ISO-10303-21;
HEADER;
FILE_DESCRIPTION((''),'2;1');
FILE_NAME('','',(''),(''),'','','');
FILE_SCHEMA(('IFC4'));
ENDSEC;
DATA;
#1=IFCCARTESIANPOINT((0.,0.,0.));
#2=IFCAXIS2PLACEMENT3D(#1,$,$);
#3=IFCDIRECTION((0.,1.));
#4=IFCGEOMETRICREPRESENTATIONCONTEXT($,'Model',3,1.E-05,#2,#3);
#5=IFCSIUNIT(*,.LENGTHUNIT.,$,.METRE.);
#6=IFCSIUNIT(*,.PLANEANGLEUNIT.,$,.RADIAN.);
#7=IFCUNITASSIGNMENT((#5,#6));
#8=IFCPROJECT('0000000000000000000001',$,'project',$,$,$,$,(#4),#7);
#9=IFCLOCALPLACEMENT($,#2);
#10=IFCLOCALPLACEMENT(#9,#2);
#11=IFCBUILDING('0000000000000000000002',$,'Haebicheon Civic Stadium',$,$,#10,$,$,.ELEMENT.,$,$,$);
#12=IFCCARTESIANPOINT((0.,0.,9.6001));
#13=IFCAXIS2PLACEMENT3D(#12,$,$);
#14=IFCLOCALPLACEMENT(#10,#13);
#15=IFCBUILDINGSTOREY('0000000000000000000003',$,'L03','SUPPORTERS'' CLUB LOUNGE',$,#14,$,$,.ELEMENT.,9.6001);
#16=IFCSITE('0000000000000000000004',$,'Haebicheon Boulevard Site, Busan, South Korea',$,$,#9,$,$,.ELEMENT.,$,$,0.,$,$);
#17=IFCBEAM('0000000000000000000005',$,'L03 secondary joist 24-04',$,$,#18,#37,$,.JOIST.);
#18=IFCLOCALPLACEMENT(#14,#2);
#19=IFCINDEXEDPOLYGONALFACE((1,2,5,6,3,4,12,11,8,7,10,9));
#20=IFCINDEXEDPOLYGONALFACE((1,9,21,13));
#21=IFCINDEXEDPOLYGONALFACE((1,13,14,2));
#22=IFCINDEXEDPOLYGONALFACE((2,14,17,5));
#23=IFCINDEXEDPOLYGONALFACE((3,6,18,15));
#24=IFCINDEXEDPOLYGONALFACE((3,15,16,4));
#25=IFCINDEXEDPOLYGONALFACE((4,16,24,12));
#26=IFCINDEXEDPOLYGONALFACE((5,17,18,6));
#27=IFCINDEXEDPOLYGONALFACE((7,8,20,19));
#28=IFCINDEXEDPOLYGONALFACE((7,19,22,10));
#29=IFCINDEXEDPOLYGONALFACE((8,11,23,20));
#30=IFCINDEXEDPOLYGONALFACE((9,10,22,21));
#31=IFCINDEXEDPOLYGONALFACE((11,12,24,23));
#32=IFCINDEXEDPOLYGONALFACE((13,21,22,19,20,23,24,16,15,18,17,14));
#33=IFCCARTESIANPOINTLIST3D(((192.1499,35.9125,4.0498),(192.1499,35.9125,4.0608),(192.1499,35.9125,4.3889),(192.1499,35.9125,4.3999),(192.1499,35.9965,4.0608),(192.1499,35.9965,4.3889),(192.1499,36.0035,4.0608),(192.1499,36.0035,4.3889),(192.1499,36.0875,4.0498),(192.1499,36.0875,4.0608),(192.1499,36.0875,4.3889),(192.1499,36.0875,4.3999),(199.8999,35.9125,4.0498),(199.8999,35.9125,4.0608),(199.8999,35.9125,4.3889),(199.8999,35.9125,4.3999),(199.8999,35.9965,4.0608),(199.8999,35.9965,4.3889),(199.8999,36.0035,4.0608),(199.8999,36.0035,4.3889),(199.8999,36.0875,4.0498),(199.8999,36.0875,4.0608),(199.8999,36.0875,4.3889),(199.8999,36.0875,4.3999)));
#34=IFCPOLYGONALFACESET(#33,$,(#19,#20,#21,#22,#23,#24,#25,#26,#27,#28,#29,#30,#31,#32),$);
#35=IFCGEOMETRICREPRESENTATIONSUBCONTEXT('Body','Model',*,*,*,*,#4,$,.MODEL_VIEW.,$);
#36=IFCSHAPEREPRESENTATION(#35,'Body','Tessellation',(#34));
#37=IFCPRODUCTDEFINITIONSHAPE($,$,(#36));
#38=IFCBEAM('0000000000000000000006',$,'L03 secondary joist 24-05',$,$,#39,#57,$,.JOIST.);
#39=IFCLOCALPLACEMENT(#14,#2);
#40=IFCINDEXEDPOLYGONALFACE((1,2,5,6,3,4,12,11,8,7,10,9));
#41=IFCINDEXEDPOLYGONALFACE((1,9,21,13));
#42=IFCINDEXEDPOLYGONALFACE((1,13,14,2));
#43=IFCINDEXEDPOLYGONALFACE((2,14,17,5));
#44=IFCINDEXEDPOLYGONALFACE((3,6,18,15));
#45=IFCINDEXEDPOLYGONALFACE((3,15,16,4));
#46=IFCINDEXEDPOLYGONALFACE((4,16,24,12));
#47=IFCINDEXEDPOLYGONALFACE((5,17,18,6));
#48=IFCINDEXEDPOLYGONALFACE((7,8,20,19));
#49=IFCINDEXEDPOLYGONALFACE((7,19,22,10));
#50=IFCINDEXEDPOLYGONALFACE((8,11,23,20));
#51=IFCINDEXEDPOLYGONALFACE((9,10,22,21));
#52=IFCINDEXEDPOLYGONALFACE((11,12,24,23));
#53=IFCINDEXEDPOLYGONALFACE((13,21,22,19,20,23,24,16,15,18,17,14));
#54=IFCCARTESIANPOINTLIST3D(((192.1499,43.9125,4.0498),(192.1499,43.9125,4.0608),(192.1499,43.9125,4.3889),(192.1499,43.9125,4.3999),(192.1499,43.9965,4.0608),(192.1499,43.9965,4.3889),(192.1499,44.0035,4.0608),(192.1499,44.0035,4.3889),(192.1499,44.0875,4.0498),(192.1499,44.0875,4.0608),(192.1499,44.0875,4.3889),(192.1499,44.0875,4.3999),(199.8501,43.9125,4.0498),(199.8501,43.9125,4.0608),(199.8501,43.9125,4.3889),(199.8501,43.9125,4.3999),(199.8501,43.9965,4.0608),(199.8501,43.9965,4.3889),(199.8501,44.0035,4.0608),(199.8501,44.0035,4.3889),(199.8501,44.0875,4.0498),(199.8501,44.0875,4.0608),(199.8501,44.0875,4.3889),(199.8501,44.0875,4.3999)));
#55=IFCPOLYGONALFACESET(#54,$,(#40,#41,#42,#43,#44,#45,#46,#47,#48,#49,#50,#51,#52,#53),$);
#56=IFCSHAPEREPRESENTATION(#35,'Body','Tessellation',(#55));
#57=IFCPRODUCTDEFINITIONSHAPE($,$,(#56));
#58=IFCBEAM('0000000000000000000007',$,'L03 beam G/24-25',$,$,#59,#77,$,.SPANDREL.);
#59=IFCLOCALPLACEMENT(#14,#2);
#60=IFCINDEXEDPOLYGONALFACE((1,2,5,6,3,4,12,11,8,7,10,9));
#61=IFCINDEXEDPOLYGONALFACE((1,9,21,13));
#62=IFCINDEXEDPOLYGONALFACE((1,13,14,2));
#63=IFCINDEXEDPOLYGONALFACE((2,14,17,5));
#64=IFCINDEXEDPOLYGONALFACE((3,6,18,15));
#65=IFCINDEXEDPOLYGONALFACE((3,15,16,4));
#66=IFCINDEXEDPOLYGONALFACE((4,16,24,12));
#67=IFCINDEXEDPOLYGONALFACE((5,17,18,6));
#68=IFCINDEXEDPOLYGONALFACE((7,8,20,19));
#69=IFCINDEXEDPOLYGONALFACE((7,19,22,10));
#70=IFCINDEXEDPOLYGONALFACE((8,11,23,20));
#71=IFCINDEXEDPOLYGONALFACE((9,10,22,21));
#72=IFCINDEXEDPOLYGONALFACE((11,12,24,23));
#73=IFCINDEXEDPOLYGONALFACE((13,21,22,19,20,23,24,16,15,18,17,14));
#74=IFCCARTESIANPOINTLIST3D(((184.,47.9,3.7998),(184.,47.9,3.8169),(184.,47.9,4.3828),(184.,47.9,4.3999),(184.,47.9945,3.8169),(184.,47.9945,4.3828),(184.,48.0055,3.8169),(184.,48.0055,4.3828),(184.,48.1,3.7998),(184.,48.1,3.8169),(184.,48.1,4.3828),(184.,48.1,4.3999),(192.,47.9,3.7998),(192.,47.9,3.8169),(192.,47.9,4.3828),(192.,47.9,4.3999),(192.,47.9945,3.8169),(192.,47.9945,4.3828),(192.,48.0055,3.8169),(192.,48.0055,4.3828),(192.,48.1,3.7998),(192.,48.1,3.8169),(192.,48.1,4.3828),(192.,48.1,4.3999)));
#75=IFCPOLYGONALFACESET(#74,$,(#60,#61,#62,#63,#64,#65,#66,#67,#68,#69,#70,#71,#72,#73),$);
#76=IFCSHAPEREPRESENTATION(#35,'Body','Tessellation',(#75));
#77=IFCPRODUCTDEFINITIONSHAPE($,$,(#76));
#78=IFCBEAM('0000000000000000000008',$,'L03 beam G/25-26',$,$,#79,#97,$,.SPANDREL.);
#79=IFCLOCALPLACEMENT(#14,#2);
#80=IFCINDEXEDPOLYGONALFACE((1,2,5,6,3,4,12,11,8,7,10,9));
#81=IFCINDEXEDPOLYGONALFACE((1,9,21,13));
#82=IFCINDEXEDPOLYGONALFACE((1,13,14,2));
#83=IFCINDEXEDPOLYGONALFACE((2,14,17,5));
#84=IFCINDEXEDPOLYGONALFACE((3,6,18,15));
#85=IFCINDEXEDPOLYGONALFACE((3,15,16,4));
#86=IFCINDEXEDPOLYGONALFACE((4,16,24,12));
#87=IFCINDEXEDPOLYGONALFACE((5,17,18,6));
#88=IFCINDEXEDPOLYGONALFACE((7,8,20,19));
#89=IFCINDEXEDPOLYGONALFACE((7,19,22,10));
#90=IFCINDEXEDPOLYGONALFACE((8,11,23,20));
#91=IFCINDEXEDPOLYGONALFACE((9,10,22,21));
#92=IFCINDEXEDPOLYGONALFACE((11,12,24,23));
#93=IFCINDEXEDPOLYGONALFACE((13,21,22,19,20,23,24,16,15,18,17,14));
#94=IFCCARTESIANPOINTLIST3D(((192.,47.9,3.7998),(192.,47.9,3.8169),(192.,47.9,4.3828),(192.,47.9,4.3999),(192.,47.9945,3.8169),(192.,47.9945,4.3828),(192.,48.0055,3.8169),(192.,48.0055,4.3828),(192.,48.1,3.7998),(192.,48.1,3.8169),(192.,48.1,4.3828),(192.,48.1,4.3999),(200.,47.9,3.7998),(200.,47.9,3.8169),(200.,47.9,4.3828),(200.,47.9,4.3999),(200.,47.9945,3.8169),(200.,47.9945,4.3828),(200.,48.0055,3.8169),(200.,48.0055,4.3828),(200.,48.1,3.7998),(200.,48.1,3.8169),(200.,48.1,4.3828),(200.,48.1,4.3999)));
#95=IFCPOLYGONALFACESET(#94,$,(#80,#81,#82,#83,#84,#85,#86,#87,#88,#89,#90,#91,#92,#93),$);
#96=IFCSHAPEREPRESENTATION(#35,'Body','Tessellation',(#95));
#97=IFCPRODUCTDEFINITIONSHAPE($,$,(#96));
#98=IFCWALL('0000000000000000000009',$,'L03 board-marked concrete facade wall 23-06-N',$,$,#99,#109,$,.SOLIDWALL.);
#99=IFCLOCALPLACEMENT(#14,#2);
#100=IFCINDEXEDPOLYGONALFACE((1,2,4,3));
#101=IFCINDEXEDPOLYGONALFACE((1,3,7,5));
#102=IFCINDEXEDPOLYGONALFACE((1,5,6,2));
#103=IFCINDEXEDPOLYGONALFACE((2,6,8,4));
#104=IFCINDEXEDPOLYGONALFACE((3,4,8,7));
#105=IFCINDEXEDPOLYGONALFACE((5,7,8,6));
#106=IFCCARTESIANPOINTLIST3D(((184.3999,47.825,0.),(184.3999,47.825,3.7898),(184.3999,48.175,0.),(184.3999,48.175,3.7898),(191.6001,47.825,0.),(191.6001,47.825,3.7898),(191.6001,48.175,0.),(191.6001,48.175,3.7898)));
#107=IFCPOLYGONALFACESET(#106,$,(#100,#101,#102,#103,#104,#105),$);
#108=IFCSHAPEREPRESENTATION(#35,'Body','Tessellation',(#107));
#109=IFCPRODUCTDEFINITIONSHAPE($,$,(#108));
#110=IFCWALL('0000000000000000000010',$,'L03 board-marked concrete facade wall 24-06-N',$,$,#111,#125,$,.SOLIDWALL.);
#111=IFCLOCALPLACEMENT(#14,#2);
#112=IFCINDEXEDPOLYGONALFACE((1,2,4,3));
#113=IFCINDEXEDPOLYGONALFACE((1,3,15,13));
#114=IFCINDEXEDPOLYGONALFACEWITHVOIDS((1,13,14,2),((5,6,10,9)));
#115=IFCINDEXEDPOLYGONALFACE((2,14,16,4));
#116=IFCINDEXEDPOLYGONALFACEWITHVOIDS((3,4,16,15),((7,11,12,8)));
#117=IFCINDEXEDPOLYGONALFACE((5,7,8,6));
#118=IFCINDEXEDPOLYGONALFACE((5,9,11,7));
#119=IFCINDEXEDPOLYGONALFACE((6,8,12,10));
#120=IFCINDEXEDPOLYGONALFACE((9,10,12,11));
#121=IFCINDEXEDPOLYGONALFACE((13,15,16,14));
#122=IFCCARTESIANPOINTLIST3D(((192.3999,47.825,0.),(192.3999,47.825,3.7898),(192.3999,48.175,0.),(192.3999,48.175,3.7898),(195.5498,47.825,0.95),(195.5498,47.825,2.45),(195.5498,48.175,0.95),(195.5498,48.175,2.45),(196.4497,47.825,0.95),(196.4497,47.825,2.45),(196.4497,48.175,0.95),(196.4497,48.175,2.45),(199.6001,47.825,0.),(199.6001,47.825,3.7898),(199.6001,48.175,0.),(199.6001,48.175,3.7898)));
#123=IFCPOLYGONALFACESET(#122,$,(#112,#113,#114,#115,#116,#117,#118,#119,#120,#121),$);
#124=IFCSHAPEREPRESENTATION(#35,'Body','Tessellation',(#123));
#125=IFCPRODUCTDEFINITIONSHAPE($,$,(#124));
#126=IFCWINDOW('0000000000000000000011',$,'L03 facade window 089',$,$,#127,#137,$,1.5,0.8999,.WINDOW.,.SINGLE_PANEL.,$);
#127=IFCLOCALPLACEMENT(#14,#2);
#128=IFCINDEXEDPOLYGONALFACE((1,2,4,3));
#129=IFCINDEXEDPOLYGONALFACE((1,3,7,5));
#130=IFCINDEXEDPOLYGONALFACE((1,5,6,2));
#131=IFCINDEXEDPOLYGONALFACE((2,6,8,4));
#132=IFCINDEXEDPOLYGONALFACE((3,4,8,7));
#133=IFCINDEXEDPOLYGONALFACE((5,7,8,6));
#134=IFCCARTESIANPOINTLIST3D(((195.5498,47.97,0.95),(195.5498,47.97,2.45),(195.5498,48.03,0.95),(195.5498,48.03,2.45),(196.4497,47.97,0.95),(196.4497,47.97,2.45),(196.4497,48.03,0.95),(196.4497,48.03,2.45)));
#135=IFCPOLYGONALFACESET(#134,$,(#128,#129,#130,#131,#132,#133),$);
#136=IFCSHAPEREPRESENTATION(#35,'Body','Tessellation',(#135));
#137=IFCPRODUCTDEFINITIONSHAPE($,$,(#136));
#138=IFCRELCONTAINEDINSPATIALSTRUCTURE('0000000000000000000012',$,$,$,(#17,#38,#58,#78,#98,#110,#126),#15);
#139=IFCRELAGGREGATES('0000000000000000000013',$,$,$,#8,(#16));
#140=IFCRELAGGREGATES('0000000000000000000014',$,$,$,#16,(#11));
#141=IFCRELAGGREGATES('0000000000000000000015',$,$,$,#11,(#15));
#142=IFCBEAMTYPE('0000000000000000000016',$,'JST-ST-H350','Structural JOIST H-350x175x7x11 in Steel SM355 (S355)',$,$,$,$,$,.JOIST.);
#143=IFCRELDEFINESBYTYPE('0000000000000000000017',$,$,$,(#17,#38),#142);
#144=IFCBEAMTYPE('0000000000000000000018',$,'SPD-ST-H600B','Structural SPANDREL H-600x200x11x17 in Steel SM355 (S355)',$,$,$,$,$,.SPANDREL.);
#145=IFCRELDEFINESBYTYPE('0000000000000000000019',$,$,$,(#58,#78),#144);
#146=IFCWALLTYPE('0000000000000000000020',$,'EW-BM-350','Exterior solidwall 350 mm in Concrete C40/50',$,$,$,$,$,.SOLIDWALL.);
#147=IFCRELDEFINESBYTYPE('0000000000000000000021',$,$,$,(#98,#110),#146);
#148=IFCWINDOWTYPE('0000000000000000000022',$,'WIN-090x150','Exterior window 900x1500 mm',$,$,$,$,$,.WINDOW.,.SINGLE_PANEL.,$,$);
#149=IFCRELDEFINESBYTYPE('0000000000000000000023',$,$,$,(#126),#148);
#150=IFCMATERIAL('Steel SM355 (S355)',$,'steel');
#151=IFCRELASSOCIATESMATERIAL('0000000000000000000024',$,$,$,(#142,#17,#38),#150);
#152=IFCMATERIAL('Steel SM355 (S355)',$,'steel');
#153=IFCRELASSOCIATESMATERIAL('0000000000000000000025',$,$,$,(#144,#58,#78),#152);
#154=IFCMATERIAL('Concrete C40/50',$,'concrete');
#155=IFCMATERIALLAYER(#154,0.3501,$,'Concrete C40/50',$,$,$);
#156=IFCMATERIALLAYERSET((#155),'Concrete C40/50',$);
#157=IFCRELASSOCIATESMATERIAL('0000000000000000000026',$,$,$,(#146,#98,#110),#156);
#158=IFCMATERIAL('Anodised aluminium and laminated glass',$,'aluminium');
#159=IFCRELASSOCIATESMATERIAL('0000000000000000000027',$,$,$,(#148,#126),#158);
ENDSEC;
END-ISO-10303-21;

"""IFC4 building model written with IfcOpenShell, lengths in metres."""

from ifc_helpers import new_model, si_unit, direction, frame, frame_2d, origin, origin_2d, place, context, subcontext, project, spatial, rectangle, i_section, extrude, material, layer, layer_set, material_profile, profile_set, type_object, element, fill, save


model = new_model("IFC4")

# Units and contexts
model_context = context("Model", 3, precision=1e-05, world=origin(), true_north=direction((0.0, 1.0)))
body_context = subcontext(model_context, "Body", "Model", "MODEL_VIEW")
ifc_project = project(units=[si_unit("LENGTHUNIT", "METRE"), si_unit("PLANEANGLEUNIT", "RADIAN")], contexts=[model_context])

# Site, building, storey
site_placement = place(None, origin())
site = spatial("IfcSite", under=ifc_project, at=site_placement, Name="Haebicheon Boulevard Site, Busan, South Korea", CompositionType="ELEMENT", RefElevation=0.0)
building_placement = place(site_placement, origin())
building = spatial("IfcBuilding", under=site, at=building_placement, Name="Haebicheon Civic Stadium", CompositionType="ELEMENT")
storey_placement = place(building_placement, frame((0.0, 0.0, 9.6001)))
storey = spatial("IfcBuildingStorey", under=building, at=storey_placement, Name="L03", Description="SUPPORTERS' CLUB LOUNGE", CompositionType="ELEMENT", Elevation=9.6001)

# Beams
ifc_material_1 = material(Name="Steel SM355 (S355)", Category="steel")
ifc_material_profile_1 = material_profile(ifc_material_1, i_section(OverallWidth=0.175, OverallDepth=0.3501, WebThickness=0.0071, FlangeThickness=0.011, at=origin_2d()), Name="H-350x175x7x11")
ifc_profile_set_1 = profile_set([ifc_material_profile_1], Name="Steel SM355 (S355)")
beam_type_1 = type_object("IfcBeamType", Name="JST-ST-H350", Description="Structural JOIST H-350x175x7x11 in Steel SM355 (S355)", PredefinedType="JOIST", material=ifc_profile_set_1)
for number, where, z_axis, x_axis, name in (
    (1, (192.1499, 36.0, 4.2249), (1.0, 0.0, 0.0), (0.0, 1.0, 0.0), "L03 secondary joist 24-04"),
):
    element("IfcBeam", number, at=place(storey_placement, frame(where, z_axis=z_axis, x_axis=x_axis)), inside=storey, type_object=beam_type_1, material=ifc_profile_set_1, Name=name, PredefinedType="JOIST", context=body_context, shape_type="SweptSolid", body=[
        extrude(i_section(OverallWidth=0.175, OverallDepth=0.3501, WebThickness=0.0071, FlangeThickness=0.011, at=origin_2d()), origin(), (0.0, 0.0, 1.0), 7.75),
    ])
beam_placement = place(storey_placement, frame((192.1499, 44.0, 4.2249), z_axis=(1.0, 0.0, 0.0), x_axis=(0.0, 1.0, 0.0)))
element("IfcBeam", 2, at=beam_placement, inside=storey, type_object=beam_type_1, material=ifc_profile_set_1, Name="L03 secondary joist 24-05", PredefinedType="JOIST", context=body_context, shape_type="SweptSolid", body=[
    extrude(i_section(OverallWidth=0.175, OverallDepth=0.3501, WebThickness=0.0071, FlangeThickness=0.011, at=origin_2d()), origin(), (0.0, 0.0, 1.0), 7.7002),
])
ifc_material_2 = material(Name="Steel SM355 (S355)", Category="steel")
ifc_material_profile_2 = material_profile(ifc_material_2, i_section(OverallWidth=0.2, OverallDepth=0.6001, WebThickness=0.011, FlangeThickness=0.0171, at=origin_2d()), Name="H-600x200x11x17")
ifc_profile_set_2 = profile_set([ifc_material_profile_2], Name="Steel SM355 (S355)")
beam_type_2 = type_object("IfcBeamType", Name="SPD-ST-H600B", Description="Structural SPANDREL H-600x200x11x17 in Steel SM355 (S355)", PredefinedType="SPANDREL", material=ifc_profile_set_2)
for number, where, z_axis, x_axis, name in (
    (3, (184.0, 48.0, 4.0999), (1.0, 0.0, 0.0), (0.0, 1.0, 0.0), "L03 beam G/24-25"),
    (4, (192.0, 48.0, 4.0999), (1.0, 0.0, 0.0), (0.0, 1.0, 0.0), "L03 beam G/25-26"),
):
    element("IfcBeam", number, at=place(storey_placement, frame(where, z_axis=z_axis, x_axis=x_axis)), inside=storey, type_object=beam_type_2, material=ifc_profile_set_2, Name=name, PredefinedType="SPANDREL", context=body_context, shape_type="SweptSolid", body=[
        extrude(i_section(OverallWidth=0.2, OverallDepth=0.6001, WebThickness=0.011, FlangeThickness=0.0171, at=origin_2d()), origin(), (0.0, 0.0, 1.0), 8.0),
    ])

# Wall
ifc_material_3 = material(Name="Concrete C40/50", Category="concrete")
ifc_layer_1 = layer(ifc_material_3, 0.3501, Name="Concrete C40/50")
ifc_layer_set_1 = layer_set([ifc_layer_1], Name="Concrete C40/50")
wall_type_1 = type_object("IfcWallType", Name="EW-BM-350", Description="Exterior solidwall 350 mm in Concrete C40/50", PredefinedType="SOLIDWALL", material=ifc_layer_set_1)
wall_1_placement = place(storey_placement, frame((184.3999, 48.0, 0.0), z_axis=(0.0, 0.0, 1.0), x_axis=(1.0, 0.0, 0.0)))
element("IfcWall", 5, at=wall_1_placement, inside=storey, type_object=wall_type_1, material=ifc_layer_set_1, Name="L03 board-marked concrete facade wall 23-06-N", PredefinedType="SOLIDWALL", context=body_context, shape_type="SweptSolid", body=[
    extrude(rectangle(XDim=7.2002, YDim=0.3501, at=frame_2d((3.6001, 0.0))), origin(), (0.0, 0.0, 1.0), 3.7898),
])

# Wall, opening, window
wall_2_placement = place(storey_placement, frame((192.3999, 48.0, 0.0), z_axis=(0.0, 0.0, 1.0), x_axis=(1.0, 0.0, 0.0)))
wall_2 = element("IfcWall", 6, at=wall_2_placement, inside=storey, type_object=wall_type_1, material=ifc_layer_set_1, Name="L03 board-marked concrete facade wall 24-06-N", PredefinedType="SOLIDWALL", context=body_context, shape_type="SweptSolid", body=[
    extrude(rectangle(XDim=7.2002, YDim=0.3501, at=frame_2d((3.6001, 0.0))), origin(), (0.0, 0.0, 1.0), 3.7898),
])
opening_1_placement = place(wall_2_placement, frame((3.1499, 0.0, 0.95)))
opening_1 = element("IfcOpeningElement", 7, at=opening_1_placement, cuts=wall_2, PredefinedType="OPENING", context=body_context, shape_type="SweptSolid", body=[
    extrude(rectangle(XDim=0.8999, YDim=1.5, at=frame_2d((0.45, 0.75))), frame((0.0, 0.1851, 0.0), z_axis=(0.0, -1.0, 0.0), x_axis=(1.0, 0.0, 0.0)), (0.0, 0.0, 1.0), 0.3701),
])
ifc_material_4 = material(Name="Anodised aluminium and laminated glass", Category="aluminium")
window_type = type_object("IfcWindowType", Name="WIN-090x150", Description="Exterior window 900x1500 mm", PartitioningType="SINGLE_PANEL", PredefinedType="WINDOW", material=ifc_material_4)
window_placement = place(opening_1_placement, origin())
window = element("IfcWindow", 8, at=window_placement, inside=storey, type_object=window_type, material=ifc_material_4, Name="L03 facade window 089", OverallHeight=1.5, OverallWidth=0.8999, PartitioningType="SINGLE_PANEL", PredefinedType="WINDOW", context=body_context, shape_type="SweptSolid", body=[
    extrude(rectangle(XDim=0.8999, YDim=1.5, at=frame_2d((0.45, 0.75))), frame((0.0, 0.03, 0.0), z_axis=(0.0, -1.0, 0.0), x_axis=(1.0, 0.0, 0.0)), (0.0, 0.0, 1.0), 0.0601),
])
fill(opening_1, window)

save(model, "model.ifc")
